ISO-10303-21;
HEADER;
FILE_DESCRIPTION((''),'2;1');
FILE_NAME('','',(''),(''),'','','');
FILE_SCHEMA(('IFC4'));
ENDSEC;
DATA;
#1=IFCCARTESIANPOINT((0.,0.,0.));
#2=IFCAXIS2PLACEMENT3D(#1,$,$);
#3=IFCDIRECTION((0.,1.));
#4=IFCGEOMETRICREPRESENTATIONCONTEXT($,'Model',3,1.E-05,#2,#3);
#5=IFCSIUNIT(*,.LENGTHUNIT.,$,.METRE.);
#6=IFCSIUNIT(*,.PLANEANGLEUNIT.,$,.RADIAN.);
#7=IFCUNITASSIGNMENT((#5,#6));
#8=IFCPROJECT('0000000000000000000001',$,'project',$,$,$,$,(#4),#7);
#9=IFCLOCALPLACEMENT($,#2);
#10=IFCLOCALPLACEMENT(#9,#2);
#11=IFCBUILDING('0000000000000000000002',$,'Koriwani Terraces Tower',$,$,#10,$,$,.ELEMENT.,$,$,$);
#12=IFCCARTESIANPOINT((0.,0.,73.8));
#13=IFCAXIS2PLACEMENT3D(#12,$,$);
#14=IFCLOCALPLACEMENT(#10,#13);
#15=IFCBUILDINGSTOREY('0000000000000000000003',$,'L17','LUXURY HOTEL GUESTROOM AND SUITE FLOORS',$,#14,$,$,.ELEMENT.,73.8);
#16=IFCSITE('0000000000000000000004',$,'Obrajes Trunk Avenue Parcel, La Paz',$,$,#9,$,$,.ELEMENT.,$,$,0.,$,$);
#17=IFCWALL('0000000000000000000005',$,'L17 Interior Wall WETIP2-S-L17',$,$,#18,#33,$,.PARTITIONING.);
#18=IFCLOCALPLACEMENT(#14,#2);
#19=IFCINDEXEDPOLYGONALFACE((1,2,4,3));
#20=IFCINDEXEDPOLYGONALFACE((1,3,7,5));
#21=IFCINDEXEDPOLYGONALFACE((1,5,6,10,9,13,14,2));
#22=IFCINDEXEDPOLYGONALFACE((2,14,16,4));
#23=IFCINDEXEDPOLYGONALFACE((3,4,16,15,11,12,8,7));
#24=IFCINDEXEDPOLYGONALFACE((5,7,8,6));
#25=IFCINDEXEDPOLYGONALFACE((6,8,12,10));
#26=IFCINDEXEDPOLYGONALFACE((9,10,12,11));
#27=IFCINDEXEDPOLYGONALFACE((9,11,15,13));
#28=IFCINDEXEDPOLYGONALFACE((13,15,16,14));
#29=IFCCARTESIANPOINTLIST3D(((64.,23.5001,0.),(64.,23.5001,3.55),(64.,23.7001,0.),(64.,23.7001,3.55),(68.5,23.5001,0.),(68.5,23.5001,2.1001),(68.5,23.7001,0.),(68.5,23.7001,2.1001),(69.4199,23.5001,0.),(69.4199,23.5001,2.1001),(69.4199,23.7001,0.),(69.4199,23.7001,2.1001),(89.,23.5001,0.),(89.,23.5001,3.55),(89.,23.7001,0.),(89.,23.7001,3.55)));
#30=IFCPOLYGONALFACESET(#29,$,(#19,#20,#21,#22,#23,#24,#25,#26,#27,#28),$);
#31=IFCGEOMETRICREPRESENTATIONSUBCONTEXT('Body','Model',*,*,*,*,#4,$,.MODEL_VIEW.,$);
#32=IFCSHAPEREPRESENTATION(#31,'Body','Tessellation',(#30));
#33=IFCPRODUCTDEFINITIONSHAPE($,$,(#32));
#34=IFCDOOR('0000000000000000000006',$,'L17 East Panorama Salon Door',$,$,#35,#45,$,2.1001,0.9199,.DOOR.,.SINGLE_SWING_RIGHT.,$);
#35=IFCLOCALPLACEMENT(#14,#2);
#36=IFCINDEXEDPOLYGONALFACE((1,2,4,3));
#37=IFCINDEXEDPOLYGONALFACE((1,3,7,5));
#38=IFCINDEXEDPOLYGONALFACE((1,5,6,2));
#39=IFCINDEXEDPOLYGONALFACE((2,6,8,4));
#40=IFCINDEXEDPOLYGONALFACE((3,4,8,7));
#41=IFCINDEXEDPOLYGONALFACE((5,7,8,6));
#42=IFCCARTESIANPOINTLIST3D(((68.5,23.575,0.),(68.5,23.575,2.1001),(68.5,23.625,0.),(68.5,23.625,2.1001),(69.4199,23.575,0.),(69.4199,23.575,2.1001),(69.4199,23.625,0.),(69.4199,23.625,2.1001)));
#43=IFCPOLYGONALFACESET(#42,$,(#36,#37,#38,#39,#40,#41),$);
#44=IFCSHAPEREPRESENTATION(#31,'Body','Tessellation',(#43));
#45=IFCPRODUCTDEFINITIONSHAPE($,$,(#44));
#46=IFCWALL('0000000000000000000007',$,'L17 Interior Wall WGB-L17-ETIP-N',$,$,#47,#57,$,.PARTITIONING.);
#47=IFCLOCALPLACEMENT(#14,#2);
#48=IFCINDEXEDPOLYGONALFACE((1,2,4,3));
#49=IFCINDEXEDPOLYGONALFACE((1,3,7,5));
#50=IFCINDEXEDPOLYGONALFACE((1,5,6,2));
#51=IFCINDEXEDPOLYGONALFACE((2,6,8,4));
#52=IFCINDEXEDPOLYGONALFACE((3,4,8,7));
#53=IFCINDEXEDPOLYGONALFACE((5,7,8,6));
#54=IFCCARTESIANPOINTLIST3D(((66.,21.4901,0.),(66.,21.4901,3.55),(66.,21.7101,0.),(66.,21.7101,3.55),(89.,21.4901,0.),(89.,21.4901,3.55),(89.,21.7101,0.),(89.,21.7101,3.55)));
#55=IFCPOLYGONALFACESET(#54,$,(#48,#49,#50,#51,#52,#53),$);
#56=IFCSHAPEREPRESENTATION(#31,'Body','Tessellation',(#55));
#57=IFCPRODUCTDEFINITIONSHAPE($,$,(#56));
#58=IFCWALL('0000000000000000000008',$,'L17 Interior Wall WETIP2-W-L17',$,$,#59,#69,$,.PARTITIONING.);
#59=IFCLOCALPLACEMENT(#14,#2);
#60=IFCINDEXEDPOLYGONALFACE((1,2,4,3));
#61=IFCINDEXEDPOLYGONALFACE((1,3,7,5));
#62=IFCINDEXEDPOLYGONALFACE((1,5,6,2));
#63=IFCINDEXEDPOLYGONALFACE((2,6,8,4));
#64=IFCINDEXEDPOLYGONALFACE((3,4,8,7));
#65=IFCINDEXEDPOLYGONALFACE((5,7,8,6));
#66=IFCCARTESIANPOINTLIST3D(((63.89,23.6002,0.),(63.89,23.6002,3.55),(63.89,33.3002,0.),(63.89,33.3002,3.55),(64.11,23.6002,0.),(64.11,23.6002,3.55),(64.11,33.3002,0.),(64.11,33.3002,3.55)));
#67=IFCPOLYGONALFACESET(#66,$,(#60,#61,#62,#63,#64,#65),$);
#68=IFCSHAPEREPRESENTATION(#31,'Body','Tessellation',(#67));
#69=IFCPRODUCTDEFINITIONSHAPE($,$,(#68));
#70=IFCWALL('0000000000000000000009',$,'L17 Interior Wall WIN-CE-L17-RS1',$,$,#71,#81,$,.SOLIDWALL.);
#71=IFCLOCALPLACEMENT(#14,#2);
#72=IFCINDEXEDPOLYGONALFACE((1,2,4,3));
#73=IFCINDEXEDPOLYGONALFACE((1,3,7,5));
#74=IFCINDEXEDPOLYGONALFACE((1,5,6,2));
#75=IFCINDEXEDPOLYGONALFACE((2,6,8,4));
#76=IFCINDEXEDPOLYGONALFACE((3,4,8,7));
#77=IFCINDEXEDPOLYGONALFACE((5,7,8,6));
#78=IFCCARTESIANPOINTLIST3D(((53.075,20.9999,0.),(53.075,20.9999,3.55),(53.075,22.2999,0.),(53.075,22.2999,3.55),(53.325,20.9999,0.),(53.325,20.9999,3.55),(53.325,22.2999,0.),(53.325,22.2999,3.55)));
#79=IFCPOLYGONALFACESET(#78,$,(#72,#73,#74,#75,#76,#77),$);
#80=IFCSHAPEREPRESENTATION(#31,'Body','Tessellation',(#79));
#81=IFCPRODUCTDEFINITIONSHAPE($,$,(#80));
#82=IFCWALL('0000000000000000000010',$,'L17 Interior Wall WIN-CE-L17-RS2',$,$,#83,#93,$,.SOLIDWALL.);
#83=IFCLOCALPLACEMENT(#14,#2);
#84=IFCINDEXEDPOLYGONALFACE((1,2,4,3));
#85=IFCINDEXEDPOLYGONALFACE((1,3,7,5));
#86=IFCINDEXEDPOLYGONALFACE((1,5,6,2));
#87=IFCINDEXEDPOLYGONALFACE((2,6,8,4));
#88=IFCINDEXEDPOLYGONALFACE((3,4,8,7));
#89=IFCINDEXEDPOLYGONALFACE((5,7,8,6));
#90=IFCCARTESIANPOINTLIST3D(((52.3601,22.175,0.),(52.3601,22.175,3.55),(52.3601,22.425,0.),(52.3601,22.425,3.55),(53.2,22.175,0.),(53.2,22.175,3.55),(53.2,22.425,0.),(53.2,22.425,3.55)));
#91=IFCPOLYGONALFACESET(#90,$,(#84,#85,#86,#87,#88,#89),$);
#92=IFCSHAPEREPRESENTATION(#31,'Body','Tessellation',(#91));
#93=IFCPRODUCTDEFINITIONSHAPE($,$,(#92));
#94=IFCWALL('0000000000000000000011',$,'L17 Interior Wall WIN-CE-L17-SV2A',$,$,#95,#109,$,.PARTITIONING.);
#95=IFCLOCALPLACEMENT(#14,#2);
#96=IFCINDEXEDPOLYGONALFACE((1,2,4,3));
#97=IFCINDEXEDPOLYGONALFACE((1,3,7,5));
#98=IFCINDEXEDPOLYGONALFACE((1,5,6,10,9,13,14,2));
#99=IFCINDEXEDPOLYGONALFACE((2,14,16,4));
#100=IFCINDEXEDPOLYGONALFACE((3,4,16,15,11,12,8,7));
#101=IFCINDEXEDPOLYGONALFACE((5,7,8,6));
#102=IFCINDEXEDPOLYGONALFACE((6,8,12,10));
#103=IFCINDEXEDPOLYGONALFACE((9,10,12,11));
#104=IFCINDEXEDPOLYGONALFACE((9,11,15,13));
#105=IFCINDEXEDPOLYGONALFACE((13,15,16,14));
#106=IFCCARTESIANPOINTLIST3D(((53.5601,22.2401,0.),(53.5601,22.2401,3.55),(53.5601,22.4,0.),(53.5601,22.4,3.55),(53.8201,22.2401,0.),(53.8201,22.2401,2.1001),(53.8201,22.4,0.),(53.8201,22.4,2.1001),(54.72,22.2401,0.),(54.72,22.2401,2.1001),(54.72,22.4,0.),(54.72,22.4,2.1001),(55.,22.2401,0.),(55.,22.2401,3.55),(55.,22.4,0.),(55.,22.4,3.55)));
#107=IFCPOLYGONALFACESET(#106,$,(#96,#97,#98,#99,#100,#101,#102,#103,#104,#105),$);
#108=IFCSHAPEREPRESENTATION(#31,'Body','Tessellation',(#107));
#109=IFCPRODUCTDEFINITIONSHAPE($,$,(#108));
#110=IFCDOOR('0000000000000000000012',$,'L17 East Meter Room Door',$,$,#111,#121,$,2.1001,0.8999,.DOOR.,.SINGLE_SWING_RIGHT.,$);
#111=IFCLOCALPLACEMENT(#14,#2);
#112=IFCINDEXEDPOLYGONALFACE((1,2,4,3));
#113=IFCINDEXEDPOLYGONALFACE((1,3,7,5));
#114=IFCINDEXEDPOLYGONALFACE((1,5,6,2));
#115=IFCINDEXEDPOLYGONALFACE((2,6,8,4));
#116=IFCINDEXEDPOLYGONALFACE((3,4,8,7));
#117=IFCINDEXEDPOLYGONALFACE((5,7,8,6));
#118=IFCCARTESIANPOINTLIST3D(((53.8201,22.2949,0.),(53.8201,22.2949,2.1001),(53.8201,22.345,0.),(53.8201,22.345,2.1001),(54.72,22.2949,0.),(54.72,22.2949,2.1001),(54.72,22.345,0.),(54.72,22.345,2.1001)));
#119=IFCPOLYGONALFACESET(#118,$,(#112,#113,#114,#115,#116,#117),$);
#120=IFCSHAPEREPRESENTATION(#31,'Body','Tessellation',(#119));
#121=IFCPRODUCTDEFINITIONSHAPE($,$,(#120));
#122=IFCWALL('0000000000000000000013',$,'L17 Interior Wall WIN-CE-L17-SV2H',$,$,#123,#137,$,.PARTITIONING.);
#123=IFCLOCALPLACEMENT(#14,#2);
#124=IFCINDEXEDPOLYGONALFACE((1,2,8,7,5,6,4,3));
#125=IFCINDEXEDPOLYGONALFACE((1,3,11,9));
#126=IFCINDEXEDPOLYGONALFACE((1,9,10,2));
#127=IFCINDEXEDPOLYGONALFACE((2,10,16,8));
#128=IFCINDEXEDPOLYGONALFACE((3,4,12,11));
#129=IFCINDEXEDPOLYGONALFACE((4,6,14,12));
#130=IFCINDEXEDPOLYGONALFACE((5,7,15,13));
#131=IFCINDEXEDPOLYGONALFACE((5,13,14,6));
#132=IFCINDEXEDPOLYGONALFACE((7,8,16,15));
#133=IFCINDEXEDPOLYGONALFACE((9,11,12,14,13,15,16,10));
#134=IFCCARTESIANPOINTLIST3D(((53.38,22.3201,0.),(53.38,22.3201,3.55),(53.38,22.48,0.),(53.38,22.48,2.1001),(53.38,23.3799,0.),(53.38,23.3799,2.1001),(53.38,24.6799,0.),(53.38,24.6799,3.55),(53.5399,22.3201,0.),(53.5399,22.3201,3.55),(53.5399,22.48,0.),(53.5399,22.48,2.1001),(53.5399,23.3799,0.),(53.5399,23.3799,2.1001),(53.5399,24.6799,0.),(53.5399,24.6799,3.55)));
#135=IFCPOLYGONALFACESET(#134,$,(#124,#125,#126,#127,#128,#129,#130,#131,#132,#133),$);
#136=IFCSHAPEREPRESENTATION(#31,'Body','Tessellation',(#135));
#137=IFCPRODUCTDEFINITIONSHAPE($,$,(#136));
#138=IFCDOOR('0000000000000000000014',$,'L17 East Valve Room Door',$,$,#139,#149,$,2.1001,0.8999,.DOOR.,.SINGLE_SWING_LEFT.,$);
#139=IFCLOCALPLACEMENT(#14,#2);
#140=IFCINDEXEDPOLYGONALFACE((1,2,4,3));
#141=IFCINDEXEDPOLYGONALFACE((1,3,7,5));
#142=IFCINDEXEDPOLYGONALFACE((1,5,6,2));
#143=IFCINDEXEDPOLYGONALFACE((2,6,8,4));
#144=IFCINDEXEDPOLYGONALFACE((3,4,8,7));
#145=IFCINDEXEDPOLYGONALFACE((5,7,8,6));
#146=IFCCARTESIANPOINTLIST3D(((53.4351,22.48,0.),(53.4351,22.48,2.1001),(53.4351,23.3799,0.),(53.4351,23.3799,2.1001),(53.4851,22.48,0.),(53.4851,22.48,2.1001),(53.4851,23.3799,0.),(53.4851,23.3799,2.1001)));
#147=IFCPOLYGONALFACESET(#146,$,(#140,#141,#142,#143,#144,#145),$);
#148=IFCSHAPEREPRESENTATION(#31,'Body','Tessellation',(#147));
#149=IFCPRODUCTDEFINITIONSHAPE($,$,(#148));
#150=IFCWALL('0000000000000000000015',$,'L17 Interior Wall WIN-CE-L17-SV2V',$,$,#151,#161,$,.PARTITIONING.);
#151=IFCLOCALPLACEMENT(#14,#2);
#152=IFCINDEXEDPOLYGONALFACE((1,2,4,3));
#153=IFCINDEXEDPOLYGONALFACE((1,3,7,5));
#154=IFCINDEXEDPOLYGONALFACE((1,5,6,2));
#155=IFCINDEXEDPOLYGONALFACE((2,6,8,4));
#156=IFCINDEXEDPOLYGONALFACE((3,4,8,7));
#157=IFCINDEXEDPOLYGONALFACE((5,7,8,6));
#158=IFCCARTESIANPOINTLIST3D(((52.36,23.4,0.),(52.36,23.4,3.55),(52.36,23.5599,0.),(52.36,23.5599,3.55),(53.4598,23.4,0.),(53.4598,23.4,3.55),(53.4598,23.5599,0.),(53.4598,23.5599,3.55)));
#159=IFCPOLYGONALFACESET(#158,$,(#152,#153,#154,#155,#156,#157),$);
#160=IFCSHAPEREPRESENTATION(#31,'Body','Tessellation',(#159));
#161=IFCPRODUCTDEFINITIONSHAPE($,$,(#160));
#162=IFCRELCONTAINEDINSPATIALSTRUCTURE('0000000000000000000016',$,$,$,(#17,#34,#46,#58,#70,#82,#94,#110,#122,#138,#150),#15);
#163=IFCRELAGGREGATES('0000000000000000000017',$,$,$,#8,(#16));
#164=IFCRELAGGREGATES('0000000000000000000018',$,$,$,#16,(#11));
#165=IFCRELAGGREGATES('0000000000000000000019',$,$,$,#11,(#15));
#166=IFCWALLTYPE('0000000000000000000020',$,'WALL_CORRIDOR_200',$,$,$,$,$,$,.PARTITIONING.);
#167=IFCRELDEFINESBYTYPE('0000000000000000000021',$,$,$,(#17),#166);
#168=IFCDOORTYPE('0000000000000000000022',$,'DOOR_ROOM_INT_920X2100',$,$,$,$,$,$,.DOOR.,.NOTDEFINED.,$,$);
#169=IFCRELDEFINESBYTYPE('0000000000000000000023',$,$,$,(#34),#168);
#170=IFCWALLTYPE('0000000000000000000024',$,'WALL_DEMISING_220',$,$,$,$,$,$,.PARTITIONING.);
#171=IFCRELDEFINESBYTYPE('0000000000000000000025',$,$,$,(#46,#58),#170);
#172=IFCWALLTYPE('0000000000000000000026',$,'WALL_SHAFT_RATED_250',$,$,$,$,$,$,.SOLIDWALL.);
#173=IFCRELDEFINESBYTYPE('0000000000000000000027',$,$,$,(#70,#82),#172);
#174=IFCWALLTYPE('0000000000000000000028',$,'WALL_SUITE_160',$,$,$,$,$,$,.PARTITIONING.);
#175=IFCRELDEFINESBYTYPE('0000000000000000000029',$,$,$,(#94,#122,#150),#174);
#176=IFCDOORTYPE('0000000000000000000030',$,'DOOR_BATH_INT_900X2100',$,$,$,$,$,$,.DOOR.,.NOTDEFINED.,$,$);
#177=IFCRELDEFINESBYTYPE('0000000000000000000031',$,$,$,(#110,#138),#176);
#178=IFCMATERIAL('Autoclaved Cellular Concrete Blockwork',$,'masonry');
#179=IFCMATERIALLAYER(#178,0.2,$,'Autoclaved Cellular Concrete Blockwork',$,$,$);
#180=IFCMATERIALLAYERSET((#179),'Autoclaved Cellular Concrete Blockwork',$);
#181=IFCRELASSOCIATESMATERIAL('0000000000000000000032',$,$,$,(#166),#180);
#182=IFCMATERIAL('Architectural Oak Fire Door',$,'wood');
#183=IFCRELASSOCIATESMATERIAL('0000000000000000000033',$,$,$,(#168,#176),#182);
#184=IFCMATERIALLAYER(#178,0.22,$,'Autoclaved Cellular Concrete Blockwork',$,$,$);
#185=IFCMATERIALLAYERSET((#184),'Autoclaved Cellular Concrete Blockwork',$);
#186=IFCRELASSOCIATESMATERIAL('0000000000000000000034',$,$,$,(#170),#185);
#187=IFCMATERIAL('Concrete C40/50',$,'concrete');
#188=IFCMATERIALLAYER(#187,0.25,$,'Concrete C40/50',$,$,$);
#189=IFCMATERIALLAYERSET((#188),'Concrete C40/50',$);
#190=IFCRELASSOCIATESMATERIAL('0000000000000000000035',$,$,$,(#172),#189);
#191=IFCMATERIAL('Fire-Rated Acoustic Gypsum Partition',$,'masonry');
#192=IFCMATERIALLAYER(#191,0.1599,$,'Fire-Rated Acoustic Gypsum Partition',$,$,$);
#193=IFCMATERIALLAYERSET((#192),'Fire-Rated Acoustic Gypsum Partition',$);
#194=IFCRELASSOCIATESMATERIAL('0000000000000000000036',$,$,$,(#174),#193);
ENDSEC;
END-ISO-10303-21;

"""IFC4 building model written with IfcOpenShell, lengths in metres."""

from ifc_helpers import new_model, si_unit, direction, frame, frame_2d, origin, place, context, subcontext, project, spatial, rectangle, extrude, material, layer, layer_set, type_object, element, fill, save


model = new_model("IFC4")

# Units and contexts
model_context = context("Model", 3, precision=1e-05, world=origin(), true_north=direction((0.0, 1.0)))
body_context = subcontext(model_context, "Body", "Model", "MODEL_VIEW")
ifc_project = project(units=[si_unit("LENGTHUNIT", "METRE"), si_unit("PLANEANGLEUNIT", "RADIAN")], contexts=[model_context])

# Site, building, storey
site_placement = place(None, origin())
site = spatial("IfcSite", under=ifc_project, at=site_placement, Name="Obrajes Trunk Avenue Parcel, La Paz", CompositionType="ELEMENT", RefElevation=0.0)
building_placement = place(site_placement, origin())
building = spatial("IfcBuilding", under=site, at=building_placement, Name="Koriwani Terraces Tower", CompositionType="ELEMENT")
storey_placement = place(building_placement, frame((0.0, 0.0, 73.8)))
storey = spatial("IfcBuildingStorey", under=building, at=storey_placement, Name="L17", Description="LUXURY HOTEL GUESTROOM AND SUITE FLOORS", CompositionType="ELEMENT", Elevation=73.8)

# Wall, opening, door
ifc_material_1 = material(Name="Autoclaved Cellular Concrete Blockwork", Category="masonry")
ifc_layer_1 = layer(ifc_material_1, 0.2, Name="Autoclaved Cellular Concrete Blockwork")
ifc_layer_set_1 = layer_set([ifc_layer_1], Name="Autoclaved Cellular Concrete Blockwork")
wall_type_1 = type_object("IfcWallType", Name="WALL_CORRIDOR_200", PredefinedType="PARTITIONING", material=ifc_layer_set_1)
wall_1_placement = place(storey_placement, frame((64.0, 23.6001, 0.0), z_axis=(0.0, 0.0, 1.0), x_axis=(1.0, 0.0, 0.0)))
wall_1 = element("IfcWall", 1, at=wall_1_placement, inside=storey, type_object=wall_type_1, Name="L17 Interior Wall WETIP2-S-L17", PredefinedType="PARTITIONING", context=body_context, shape_type="SweptSolid", body=[
    extrude(rectangle(XDim=25.0, YDim=0.2, at=frame_2d((12.5, 0.0))), origin(), (0.0, 0.0, 1.0), 3.55),
])
opening_1_placement = place(wall_1_placement, frame((4.5, 0.0, 0.0)))
opening_1 = element("IfcOpeningElement", 2, at=opening_1_placement, cuts=wall_1, PredefinedType="OPENING", context=body_context, shape_type="SweptSolid", body=[
    extrude(rectangle(XDim=0.9199, YDim=2.1001, at=frame_2d((0.46, 1.05))), frame((0.0, 0.1099, 0.0), z_axis=(0.0, -1.0, 0.0), x_axis=(1.0, 0.0, 0.0)), (0.0, 0.0, 1.0), 0.22),
])
ifc_material_2 = material(Name="Architectural Oak Fire Door", Category="wood")
door_type_1 = type_object("IfcDoorType", Name="DOOR_ROOM_INT_920X2100", OperationType="NOTDEFINED", PredefinedType="DOOR", material=ifc_material_2)
door_1_placement = place(opening_1_placement, origin())
door_1 = element("IfcDoor", 3, at=door_1_placement, inside=storey, type_object=door_type_1, Name="L17 East Panorama Salon Door", OperationType="SINGLE_SWING_RIGHT", OverallHeight=2.1001, OverallWidth=0.9199, PredefinedType="DOOR", context=body_context, shape_type="SweptSolid", body=[
    extrude(rectangle(XDim=0.9199, YDim=2.1001, at=frame_2d((0.46, 1.05))), frame((0.0, 0.0249, 0.0), z_axis=(0.0, -1.0, 0.0), x_axis=(1.0, 0.0, 0.0)), (0.0, 0.0, 1.0), 0.05),
])
fill(opening_1, door_1)

# Walls
ifc_layer_2 = layer(ifc_material_1, 0.22, Name="Autoclaved Cellular Concrete Blockwork")
ifc_layer_set_2 = layer_set([ifc_layer_2], Name="Autoclaved Cellular Concrete Blockwork")
wall_type_2 = type_object("IfcWallType", Name="WALL_DEMISING_220", PredefinedType="PARTITIONING", material=ifc_layer_set_2)
wall_2_placement = place(storey_placement, frame((66.0, 21.6001, 0.0), z_axis=(0.0, 0.0, 1.0), x_axis=(1.0, 0.0, 0.0)))
element("IfcWall", 4, at=wall_2_placement, inside=storey, type_object=wall_type_2, Name="L17 Interior Wall WGB-L17-ETIP-N", PredefinedType="PARTITIONING", context=body_context, shape_type="SweptSolid", body=[
    extrude(rectangle(XDim=23.0, YDim=0.22, at=frame_2d((11.5, 0.0))), origin(), (0.0, 0.0, 1.0), 3.55),
])
wall_3_placement = place(storey_placement, frame((64.0, 23.6001, 0.0), z_axis=(0.0, 0.0, 1.0), x_axis=(0.0, 1.0, 0.0)))
element("IfcWall", 5, at=wall_3_placement, inside=storey, type_object=wall_type_2, Name="L17 Interior Wall WETIP2-W-L17", PredefinedType="PARTITIONING", context=body_context, shape_type="SweptSolid", body=[
    extrude(rectangle(XDim=9.7, YDim=0.22, at=frame_2d((4.8501, 0.0))), origin(), (0.0, 0.0, 1.0), 3.55),
])

# Shared definitions
ifc_material_3 = material(Name="Concrete C40/50", Category="concrete")
ifc_layer_3 = layer(ifc_material_3, 0.25, Name="Concrete C40/50")
ifc_layer_set_3 = layer_set([ifc_layer_3], Name="Concrete C40/50")
wall_type_3 = type_object("IfcWallType", Name="WALL_SHAFT_RATED_250", PredefinedType="SOLIDWALL", material=ifc_layer_set_3)

# Walls
wall_4_placement = place(storey_placement, frame((53.2, 21.0, 0.0), z_axis=(0.0, 0.0, 1.0), x_axis=(0.0, 1.0, 0.0)))
element("IfcWall", 6, at=wall_4_placement, inside=storey, type_object=wall_type_3, Name="L17 Interior Wall WIN-CE-L17-RS1", PredefinedType="SOLIDWALL", context=body_context, shape_type="SweptSolid", body=[
    extrude(rectangle(XDim=1.3, YDim=0.25, at=frame_2d((0.6499, 0.0))), origin(), (0.0, 0.0, 1.0), 3.55),
])
wall_5_placement = place(storey_placement, frame((52.3601, 22.3, 0.0), z_axis=(0.0, 0.0, 1.0), x_axis=(1.0, 0.0, 0.0)))
element("IfcWall", 7, at=wall_5_placement, inside=storey, type_object=wall_type_3, Name="L17 Interior Wall WIN-CE-L17-RS2", PredefinedType="SOLIDWALL", context=body_context, shape_type="SweptSolid", body=[
    extrude(rectangle(XDim=0.8398, YDim=0.25, at=frame_2d((0.4199, 0.0))), origin(), (0.0, 0.0, 1.0), 3.55),
])

# Walls, openings, doors
ifc_material_4 = material(Name="Fire-Rated Acoustic Gypsum Partition", Category="masonry")
ifc_layer_4 = layer(ifc_material_4, 0.1599, Name="Fire-Rated Acoustic Gypsum Partition")
ifc_layer_set_4 = layer_set([ifc_layer_4], Name="Fire-Rated Acoustic Gypsum Partition")
wall_type_4 = type_object("IfcWallType", Name="WALL_SUITE_160", PredefinedType="PARTITIONING", material=ifc_layer_set_4)
wall_6_placement = place(storey_placement, frame((53.5601, 22.3201, 0.0), z_axis=(0.0, 0.0, 1.0), x_axis=(1.0, 0.0, 0.0)))
wall_6 = element("IfcWall", 8, at=wall_6_placement, inside=storey, type_object=wall_type_4, Name="L17 Interior Wall WIN-CE-L17-SV2A", PredefinedType="PARTITIONING", context=body_context, shape_type="SweptSolid", body=[
    extrude(rectangle(XDim=1.4399, YDim=0.1599, at=frame_2d((0.72, 0.0))), origin(), (0.0, 0.0, 1.0), 3.55),
])
opening_2_placement = place(wall_6_placement, frame((0.26, 0.0, 0.0)))
opening_2 = element("IfcOpeningElement", 9, at=opening_2_placement, cuts=wall_6, PredefinedType="OPENING", context=body_context, shape_type="SweptSolid", body=[
    extrude(rectangle(XDim=0.8999, YDim=2.1001, at=frame_2d((0.45, 1.05))), frame((0.0, 0.0898, 0.0), z_axis=(0.0, -1.0, 0.0), x_axis=(1.0, 0.0, 0.0)), (0.0, 0.0, 1.0), 0.1799),
])
door_type_2 = type_object("IfcDoorType", Name="DOOR_BATH_INT_900X2100", OperationType="NOTDEFINED", PredefinedType="DOOR", material=ifc_material_2)
door_2_placement = place(opening_2_placement, origin())
door_2 = element("IfcDoor", 10, at=door_2_placement, inside=storey, type_object=door_type_2, Name="L17 East Meter Room Door", OperationType="SINGLE_SWING_RIGHT", OverallHeight=2.1001, OverallWidth=0.8999, PredefinedType="DOOR", context=body_context, shape_type="SweptSolid", body=[
    extrude(rectangle(XDim=0.8999, YDim=2.1001, at=frame_2d((0.45, 1.05))), frame((0.0, 0.0249, 0.0), z_axis=(0.0, -1.0, 0.0), x_axis=(1.0, 0.0, 0.0)), (0.0, 0.0, 1.0), 0.05),
])
fill(opening_2, door_2)
wall_7_placement = place(storey_placement, frame((53.46, 22.3201, 0.0), z_axis=(0.0, 0.0, 1.0), x_axis=(0.0, 1.0, 0.0)))
wall_7 = element("IfcWall", 11, at=wall_7_placement, inside=storey, type_object=wall_type_4, Name="L17 Interior Wall WIN-CE-L17-SV2H", PredefinedType="PARTITIONING", context=body_context, shape_type="SweptSolid", body=[
    extrude(rectangle(XDim=2.3599, YDim=0.1599, at=frame_2d((1.1799, 0.0))), origin(), (0.0, 0.0, 1.0), 3.55),
])
opening_3_placement = place(wall_7_placement, frame((0.1599, 0.0, 0.0)))
opening_3 = element("IfcOpeningElement", 12, at=opening_3_placement, cuts=wall_7, PredefinedType="OPENING", context=body_context, shape_type="SweptSolid", body=[
    extrude(rectangle(XDim=0.8999, YDim=2.1001, at=frame_2d((0.45, 1.05))), frame((0.0, 0.0898, 0.0), z_axis=(0.0, -1.0, 0.0), x_axis=(1.0, 0.0, 0.0)), (0.0, 0.0, 1.0), 0.1799),
])
door_3_placement = place(opening_3_placement, origin())
door_3 = element("IfcDoor", 13, at=door_3_placement, inside=storey, type_object=door_type_2, Name="L17 East Valve Room Door", OperationType="SINGLE_SWING_LEFT", OverallHeight=2.1001, OverallWidth=0.8999, PredefinedType="DOOR", context=body_context, shape_type="SweptSolid", body=[
    extrude(rectangle(XDim=0.8999, YDim=2.1001, at=frame_2d((0.45, 1.05))), frame((0.0, 0.0249, 0.0), z_axis=(0.0, -1.0, 0.0), x_axis=(1.0, 0.0, 0.0)), (0.0, 0.0, 1.0), 0.05),
])
fill(opening_3, door_3)

# Wall
wall_8_placement = place(storey_placement, frame((52.3601, 23.48, 0.0), z_axis=(0.0, 0.0, 1.0), x_axis=(1.0, 0.0, 0.0)))
element("IfcWall", 14, at=wall_8_placement, inside=storey, type_object=wall_type_4, Name="L17 Interior Wall WIN-CE-L17-SV2V", PredefinedType="PARTITIONING", context=body_context, shape_type="SweptSolid", body=[
    extrude(rectangle(XDim=1.0999, YDim=0.1599, at=frame_2d((0.5498, 0.0))), origin(), (0.0, 0.0, 1.0), 3.55),
])

save(model, "model.ifc")
